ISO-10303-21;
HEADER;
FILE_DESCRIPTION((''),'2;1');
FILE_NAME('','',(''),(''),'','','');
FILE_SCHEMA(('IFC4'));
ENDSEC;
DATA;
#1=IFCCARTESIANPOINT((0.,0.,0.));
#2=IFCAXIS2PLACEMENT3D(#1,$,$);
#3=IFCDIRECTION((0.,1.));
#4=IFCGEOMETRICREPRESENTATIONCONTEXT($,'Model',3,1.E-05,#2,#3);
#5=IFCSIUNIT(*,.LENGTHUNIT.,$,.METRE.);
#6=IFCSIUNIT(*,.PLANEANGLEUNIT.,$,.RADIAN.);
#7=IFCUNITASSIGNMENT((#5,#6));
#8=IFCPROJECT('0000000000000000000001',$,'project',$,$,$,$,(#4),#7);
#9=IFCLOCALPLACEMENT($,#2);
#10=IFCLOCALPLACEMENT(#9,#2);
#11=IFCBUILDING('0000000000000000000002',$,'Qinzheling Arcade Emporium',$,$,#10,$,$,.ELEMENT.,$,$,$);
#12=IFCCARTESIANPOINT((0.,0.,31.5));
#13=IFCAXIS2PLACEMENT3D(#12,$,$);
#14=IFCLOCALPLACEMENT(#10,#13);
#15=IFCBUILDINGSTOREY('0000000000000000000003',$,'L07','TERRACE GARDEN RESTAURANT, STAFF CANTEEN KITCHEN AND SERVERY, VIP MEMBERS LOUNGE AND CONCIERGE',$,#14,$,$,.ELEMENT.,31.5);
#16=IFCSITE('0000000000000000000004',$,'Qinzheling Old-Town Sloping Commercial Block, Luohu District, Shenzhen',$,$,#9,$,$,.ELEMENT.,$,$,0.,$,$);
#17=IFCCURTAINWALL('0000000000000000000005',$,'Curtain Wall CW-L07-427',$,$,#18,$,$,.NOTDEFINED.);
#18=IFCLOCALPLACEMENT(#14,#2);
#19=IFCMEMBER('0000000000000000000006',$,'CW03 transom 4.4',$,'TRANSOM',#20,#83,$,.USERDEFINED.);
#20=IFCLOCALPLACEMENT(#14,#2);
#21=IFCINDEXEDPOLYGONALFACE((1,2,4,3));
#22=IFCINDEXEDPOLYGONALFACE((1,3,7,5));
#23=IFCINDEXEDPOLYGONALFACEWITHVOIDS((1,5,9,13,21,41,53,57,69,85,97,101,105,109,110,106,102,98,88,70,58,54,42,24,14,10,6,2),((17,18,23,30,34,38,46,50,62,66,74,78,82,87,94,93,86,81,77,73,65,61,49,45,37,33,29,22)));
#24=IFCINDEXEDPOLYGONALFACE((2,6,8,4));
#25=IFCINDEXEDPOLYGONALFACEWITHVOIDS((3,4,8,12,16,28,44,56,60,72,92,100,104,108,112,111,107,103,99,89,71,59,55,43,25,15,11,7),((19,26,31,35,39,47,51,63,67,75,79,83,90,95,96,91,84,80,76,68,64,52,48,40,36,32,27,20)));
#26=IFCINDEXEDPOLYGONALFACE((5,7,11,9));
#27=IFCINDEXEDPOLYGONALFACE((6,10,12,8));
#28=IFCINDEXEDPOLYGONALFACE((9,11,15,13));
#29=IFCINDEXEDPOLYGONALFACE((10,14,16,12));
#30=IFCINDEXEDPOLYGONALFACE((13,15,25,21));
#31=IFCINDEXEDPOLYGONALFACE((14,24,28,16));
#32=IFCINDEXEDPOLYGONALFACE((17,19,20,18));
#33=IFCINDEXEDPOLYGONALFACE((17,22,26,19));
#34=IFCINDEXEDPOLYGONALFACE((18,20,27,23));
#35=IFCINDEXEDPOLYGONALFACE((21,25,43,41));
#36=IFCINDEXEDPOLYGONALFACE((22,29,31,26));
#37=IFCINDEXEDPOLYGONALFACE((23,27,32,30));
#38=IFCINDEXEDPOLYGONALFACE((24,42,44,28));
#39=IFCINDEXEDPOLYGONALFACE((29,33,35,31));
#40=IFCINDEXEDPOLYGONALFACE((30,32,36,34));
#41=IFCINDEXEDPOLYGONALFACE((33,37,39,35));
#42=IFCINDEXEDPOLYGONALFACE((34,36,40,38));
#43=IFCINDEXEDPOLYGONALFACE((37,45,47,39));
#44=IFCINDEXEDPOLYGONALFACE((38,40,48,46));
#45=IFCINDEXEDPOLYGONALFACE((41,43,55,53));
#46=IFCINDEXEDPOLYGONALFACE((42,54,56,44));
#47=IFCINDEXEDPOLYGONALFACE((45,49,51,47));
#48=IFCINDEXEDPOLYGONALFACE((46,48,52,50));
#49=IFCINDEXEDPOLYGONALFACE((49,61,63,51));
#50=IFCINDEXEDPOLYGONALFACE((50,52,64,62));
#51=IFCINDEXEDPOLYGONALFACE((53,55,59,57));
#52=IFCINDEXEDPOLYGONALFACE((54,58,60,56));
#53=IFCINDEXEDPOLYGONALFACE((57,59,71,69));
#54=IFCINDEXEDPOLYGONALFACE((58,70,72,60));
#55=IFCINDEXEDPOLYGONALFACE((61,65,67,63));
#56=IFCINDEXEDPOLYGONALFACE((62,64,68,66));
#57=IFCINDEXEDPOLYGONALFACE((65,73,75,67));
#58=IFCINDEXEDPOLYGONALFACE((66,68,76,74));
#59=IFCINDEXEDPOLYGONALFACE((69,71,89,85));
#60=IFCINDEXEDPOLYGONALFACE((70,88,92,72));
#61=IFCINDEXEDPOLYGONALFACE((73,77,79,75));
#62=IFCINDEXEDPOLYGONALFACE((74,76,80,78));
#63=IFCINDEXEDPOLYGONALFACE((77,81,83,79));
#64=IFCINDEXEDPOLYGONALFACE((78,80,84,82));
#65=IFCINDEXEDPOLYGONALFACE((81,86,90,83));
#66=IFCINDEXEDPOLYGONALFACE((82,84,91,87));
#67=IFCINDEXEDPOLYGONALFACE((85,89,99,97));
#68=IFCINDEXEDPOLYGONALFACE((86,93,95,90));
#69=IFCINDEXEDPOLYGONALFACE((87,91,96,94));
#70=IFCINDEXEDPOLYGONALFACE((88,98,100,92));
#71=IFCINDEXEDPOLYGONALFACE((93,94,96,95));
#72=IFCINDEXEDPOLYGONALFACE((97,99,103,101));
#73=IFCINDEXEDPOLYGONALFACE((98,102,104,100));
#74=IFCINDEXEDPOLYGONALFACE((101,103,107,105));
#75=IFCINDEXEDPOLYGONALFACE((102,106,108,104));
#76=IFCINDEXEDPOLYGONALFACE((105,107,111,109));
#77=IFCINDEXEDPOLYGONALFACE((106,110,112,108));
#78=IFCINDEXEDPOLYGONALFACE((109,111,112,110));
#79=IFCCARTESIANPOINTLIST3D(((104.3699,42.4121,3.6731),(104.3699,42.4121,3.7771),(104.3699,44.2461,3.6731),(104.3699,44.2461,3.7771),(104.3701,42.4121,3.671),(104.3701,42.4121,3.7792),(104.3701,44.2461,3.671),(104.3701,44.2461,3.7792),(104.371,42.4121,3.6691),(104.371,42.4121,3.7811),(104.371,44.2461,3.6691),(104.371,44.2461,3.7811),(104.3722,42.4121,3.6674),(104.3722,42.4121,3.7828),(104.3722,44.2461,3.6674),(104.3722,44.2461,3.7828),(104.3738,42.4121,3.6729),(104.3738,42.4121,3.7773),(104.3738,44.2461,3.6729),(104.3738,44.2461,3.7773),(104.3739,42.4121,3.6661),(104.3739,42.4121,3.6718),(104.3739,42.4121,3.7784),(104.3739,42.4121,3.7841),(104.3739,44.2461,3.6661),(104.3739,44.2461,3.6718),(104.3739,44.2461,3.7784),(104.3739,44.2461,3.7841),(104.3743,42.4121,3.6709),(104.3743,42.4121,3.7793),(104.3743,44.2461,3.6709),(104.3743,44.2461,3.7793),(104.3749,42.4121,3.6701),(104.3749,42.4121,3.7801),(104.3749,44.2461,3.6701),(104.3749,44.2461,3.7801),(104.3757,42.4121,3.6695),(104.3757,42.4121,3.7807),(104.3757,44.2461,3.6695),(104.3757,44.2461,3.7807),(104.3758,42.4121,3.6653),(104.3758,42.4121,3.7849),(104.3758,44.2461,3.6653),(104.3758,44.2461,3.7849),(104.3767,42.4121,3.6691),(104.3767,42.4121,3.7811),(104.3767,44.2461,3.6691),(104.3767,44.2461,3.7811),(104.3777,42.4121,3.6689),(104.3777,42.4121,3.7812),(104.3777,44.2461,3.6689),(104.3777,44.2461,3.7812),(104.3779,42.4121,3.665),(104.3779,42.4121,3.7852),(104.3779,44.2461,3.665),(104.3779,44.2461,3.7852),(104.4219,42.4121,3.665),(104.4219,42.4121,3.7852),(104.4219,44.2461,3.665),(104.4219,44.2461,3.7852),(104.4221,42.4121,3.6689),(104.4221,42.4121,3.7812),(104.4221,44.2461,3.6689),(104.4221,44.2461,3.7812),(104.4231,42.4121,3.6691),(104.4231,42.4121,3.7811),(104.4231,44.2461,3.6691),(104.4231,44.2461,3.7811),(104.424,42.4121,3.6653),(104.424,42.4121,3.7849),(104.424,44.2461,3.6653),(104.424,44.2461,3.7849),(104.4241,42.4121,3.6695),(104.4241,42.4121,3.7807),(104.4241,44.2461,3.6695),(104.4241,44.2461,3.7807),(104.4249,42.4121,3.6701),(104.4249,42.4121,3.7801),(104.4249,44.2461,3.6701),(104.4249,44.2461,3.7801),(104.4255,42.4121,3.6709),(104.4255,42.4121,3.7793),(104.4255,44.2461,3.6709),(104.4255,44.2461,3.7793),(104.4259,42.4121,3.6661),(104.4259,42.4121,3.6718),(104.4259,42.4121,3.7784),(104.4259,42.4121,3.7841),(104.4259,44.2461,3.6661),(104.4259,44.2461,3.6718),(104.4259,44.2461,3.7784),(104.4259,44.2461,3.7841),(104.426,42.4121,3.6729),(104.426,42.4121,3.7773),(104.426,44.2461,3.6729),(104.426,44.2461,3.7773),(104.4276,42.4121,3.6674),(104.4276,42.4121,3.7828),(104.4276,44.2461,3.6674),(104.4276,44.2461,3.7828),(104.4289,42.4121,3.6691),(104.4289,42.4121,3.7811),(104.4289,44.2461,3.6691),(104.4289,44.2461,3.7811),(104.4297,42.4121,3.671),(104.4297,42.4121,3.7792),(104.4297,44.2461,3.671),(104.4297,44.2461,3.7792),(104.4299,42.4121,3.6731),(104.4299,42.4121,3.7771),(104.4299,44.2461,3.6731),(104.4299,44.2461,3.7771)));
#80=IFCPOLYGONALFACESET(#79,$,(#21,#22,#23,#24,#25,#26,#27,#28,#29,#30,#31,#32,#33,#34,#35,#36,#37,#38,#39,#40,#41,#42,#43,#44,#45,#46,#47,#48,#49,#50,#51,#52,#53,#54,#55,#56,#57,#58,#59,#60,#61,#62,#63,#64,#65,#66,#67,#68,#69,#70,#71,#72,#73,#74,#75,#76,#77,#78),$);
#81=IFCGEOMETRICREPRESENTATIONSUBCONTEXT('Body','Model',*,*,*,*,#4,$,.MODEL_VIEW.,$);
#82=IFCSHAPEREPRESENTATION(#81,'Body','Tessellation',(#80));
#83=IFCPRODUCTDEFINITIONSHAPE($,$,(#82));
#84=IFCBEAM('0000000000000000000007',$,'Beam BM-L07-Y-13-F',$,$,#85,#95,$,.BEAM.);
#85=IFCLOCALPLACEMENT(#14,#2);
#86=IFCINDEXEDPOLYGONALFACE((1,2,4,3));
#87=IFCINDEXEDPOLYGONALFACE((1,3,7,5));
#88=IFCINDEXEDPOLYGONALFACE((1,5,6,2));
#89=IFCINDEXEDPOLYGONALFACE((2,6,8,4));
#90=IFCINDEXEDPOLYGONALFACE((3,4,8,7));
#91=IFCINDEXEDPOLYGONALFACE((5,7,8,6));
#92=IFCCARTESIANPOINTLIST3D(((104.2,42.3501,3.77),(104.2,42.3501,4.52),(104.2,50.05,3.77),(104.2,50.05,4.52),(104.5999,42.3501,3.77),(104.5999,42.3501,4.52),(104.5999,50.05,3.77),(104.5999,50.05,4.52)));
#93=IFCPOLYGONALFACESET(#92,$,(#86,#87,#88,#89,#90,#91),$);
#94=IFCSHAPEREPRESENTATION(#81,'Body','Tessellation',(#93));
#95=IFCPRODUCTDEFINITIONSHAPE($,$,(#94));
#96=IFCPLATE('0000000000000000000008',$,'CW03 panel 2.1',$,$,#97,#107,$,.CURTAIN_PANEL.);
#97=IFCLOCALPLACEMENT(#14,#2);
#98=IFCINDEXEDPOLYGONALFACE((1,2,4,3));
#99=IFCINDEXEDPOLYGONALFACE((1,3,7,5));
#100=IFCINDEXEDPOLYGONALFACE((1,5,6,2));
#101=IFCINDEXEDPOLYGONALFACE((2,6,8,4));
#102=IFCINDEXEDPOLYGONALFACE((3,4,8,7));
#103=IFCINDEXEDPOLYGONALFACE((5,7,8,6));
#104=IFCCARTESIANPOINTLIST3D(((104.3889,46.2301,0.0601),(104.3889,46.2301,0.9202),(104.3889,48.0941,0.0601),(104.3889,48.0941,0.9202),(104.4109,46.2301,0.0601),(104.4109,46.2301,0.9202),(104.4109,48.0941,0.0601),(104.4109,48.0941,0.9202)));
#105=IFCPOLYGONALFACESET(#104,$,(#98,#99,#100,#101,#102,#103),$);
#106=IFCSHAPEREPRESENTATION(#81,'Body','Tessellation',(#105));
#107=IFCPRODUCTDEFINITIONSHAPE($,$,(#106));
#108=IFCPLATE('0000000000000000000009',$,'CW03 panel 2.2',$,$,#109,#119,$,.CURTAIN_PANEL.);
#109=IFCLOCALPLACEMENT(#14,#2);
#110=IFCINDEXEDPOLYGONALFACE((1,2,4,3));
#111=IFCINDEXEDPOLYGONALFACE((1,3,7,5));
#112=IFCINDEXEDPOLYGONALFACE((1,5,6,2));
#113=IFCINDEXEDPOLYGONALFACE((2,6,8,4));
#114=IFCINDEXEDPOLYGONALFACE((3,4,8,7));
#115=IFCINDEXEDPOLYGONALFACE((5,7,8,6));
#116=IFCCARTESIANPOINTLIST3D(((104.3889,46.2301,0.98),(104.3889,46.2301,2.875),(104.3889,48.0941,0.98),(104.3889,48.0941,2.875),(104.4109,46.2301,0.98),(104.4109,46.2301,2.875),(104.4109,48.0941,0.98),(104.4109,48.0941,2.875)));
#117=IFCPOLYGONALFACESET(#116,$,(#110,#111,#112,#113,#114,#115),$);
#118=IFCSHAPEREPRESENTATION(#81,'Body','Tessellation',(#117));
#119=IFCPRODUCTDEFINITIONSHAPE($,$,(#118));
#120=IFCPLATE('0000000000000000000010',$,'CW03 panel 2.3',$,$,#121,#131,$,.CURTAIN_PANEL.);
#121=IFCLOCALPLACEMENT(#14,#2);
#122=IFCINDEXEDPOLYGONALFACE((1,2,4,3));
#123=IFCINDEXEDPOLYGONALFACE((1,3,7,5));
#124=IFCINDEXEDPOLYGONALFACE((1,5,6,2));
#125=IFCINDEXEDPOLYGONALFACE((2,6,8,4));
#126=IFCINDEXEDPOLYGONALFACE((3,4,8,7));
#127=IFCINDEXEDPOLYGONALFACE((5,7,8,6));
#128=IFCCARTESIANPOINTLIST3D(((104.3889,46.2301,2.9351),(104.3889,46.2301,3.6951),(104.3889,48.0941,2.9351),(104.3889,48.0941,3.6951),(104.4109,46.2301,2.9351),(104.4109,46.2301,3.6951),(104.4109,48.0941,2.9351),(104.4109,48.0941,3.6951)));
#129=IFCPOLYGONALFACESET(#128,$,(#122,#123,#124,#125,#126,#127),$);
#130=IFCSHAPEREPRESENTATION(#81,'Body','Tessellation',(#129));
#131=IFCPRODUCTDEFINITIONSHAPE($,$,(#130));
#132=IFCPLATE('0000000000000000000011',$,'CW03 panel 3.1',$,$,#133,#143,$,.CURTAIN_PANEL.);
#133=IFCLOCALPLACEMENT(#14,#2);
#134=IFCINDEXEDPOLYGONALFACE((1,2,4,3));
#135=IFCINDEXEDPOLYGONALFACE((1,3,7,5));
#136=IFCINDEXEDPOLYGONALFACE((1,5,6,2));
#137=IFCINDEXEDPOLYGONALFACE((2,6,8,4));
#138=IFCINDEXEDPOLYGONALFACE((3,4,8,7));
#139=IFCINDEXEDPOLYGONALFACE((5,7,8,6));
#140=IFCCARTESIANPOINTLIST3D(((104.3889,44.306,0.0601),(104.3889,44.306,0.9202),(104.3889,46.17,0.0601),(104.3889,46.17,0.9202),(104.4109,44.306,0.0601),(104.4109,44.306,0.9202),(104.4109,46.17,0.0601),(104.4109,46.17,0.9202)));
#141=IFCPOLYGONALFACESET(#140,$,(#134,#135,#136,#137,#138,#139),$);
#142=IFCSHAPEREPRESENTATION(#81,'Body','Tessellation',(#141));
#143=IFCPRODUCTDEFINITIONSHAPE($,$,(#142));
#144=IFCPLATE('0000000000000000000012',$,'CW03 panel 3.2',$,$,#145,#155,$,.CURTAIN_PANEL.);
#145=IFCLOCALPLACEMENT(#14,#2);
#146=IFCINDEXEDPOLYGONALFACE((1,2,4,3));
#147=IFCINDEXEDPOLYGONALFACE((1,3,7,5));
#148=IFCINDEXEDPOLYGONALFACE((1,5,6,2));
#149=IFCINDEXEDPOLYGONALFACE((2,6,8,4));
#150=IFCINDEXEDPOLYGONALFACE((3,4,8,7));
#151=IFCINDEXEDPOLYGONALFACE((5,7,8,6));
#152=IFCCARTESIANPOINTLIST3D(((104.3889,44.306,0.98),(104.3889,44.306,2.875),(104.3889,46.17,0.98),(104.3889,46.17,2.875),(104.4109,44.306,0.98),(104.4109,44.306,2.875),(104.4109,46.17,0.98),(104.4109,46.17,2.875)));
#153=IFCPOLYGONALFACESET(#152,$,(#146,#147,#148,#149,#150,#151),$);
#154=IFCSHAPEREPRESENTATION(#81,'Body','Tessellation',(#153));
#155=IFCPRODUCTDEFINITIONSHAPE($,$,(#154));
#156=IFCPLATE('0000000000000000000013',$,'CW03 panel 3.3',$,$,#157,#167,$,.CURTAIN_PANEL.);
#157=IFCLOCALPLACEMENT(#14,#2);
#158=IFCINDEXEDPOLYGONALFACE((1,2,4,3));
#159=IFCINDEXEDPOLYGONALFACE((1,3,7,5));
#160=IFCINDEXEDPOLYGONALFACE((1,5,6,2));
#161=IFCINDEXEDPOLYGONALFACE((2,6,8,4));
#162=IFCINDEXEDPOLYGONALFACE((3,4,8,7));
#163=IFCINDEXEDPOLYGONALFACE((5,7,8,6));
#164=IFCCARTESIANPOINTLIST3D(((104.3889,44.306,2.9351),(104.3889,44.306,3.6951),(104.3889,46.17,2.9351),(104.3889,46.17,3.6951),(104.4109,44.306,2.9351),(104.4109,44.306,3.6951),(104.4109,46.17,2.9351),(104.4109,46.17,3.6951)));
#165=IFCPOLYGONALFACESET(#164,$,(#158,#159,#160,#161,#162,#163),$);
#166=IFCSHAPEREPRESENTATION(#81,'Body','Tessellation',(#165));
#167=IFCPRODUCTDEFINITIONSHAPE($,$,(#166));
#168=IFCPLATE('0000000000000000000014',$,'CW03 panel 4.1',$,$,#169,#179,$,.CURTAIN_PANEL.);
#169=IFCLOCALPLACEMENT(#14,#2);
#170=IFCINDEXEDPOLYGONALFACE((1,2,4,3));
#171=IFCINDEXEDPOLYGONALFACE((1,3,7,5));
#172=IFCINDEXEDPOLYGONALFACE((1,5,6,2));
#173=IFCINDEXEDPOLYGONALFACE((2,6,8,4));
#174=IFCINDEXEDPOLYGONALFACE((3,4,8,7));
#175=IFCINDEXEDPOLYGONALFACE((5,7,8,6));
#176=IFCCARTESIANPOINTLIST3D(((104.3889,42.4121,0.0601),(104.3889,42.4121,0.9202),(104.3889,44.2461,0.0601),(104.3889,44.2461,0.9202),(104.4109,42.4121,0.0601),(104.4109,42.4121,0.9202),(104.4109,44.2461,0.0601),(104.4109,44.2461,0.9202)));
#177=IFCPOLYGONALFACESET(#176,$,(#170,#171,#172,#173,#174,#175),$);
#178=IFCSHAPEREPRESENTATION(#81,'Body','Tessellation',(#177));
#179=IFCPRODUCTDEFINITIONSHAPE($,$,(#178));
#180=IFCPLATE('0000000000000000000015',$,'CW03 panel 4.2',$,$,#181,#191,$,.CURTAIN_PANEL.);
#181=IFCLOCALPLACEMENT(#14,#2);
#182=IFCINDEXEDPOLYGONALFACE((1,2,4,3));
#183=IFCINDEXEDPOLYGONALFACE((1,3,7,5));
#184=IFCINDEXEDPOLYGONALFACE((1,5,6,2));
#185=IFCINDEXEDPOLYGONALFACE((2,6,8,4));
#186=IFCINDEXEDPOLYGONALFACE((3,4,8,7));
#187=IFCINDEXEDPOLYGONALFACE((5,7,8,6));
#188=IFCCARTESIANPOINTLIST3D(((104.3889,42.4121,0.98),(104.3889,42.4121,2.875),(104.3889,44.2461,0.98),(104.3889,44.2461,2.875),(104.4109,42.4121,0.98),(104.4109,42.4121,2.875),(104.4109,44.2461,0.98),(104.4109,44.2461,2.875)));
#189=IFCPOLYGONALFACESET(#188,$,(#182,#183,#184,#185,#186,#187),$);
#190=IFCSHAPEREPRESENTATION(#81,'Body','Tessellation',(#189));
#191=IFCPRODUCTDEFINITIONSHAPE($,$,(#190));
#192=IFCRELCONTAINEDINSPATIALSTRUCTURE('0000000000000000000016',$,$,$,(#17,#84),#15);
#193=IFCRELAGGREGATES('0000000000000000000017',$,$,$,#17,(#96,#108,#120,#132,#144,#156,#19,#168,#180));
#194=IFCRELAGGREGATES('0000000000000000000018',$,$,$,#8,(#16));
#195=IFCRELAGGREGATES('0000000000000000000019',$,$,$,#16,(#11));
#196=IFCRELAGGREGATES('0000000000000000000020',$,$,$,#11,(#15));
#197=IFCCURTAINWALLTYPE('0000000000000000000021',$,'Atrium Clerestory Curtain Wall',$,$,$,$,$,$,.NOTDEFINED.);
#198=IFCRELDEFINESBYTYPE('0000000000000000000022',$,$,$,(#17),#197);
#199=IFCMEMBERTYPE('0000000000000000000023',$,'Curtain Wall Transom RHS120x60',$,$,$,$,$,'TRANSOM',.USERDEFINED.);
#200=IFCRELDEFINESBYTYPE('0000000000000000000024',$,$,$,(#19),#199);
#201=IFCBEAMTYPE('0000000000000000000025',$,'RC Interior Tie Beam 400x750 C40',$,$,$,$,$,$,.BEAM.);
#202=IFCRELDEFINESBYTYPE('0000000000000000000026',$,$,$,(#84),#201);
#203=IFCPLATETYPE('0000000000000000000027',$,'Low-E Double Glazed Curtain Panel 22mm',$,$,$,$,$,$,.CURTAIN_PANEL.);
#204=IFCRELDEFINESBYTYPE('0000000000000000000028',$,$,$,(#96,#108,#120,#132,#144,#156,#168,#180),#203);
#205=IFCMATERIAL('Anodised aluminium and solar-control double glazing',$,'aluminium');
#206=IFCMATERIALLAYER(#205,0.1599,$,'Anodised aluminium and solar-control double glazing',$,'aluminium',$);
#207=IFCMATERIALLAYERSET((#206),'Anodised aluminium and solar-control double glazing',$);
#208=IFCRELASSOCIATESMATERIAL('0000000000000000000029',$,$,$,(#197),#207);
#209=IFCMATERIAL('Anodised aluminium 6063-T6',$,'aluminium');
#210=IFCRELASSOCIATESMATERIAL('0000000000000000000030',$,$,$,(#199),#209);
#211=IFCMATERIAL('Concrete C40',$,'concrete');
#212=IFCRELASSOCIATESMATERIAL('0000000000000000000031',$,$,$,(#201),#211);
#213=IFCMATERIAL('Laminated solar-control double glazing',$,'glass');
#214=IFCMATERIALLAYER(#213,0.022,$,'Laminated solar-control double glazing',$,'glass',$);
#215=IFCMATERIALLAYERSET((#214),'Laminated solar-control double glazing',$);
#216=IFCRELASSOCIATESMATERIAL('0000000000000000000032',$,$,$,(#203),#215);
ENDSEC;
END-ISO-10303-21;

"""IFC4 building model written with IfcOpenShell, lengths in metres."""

from ifc_helpers import new_model, si_unit, direction, frame, origin, origin_2d, place, context, subcontext, project, spatial, rectangle, hollow_rectangle, extrude, material, layer, layer_set, material_profile, profile_set, type_object, element, aggregate, save


model = new_model("IFC4")

# Units and contexts
model_context = context("Model", 3, precision=1e-05, world=origin(), true_north=direction((0.0, 1.0)))
body_context = subcontext(model_context, "Body", "Model", "MODEL_VIEW")
ifc_project = project(units=[si_unit("LENGTHUNIT", "METRE"), si_unit("PLANEANGLEUNIT", "RADIAN")], contexts=[model_context])

# Site, building, storey
site_placement = place(None, origin())
site = spatial("IfcSite", under=ifc_project, at=site_placement, Name="Qinzheling Old-Town Sloping Commercial Block, Luohu District, Shenzhen", CompositionType="ELEMENT", RefElevation=0.0)
building_placement = place(site_placement, origin())
building = spatial("IfcBuilding", under=site, at=building_placement, Name="Qinzheling Arcade Emporium", CompositionType="ELEMENT")
storey_placement = place(building_placement, frame((0.0, 0.0, 31.5)))
storey = spatial("IfcBuildingStorey", under=building, at=storey_placement, Name="L07", Description="TERRACE GARDEN RESTAURANT, STAFF CANTEEN KITCHEN AND SERVERY, VIP MEMBERS LOUNGE AND CONCIERGE", CompositionType="ELEMENT", Elevation=31.5)

# Curtain wall, member
ifc_material_1 = material(Name="Anodised aluminium and solar-control double glazing", Category="aluminium")
ifc_layer_1 = layer(ifc_material_1, 0.1599, Name="Anodised aluminium and solar-control double glazing", Category="aluminium")
ifc_layer_set_1 = layer_set([ifc_layer_1], Name="Anodised aluminium and solar-control double glazing")
curtain_wall_type = type_object("IfcCurtainWallType", Name="Atrium Clerestory Curtain Wall", PredefinedType="NOTDEFINED", material=ifc_layer_set_1)
curtain_wall_placement = place(storey_placement, origin())
curtain_wall = element("IfcCurtainWall", 1, at=curtain_wall_placement, inside=storey, type_object=curtain_wall_type, Name="Curtain Wall CW-L07-427", PredefinedType="NOTDEFINED")
ifc_material_2 = material(Name="Anodised aluminium 6063-T6", Category="aluminium")
ifc_material_profile_1 = material_profile(ifc_material_2, hollow_rectangle(XDim=0.0601, YDim=0.1201, WallThickness=0.0039, InnerFilletRadius=0.0039, OuterFilletRadius=0.0081, at=origin_2d()), Name="RHS 120x60x4", Category="aluminium")
ifc_profile_set_1 = profile_set([ifc_material_profile_1], Name="Anodised aluminium 6063-T6")
member_type_1 = type_object("IfcMemberType", Name="Curtain Wall Transom RHS120x60", ElementType="TRANSOM", PredefinedType="USERDEFINED", material=ifc_profile_set_1)
member_1_placement = place(storey_placement, frame((104.3999, 44.2461, 3.7251), z_axis=(0.0, -1.0, 0.0), x_axis=(1.0, 0.0, 0.0)))
member_1 = element("IfcMember", 2, at=member_1_placement, type_object=member_type_1, Name="CW03 transom 4.4", ObjectType="TRANSOM", PredefinedType="USERDEFINED", context=body_context, shape_type="SweptSolid", body=[
    extrude(hollow_rectangle(XDim=0.0601, YDim=0.1201, WallThickness=0.0039, InnerFilletRadius=0.0039, OuterFilletRadius=0.0081, at=origin_2d()), origin(), (0.0, 0.0, 1.0), 1.834),
])

# Beam
ifc_material_3 = material(Name="Concrete C40", Category="concrete")
ifc_material_profile_2 = material_profile(ifc_material_3, rectangle(XDim=0.3999, YDim=0.75, at=origin_2d()), Name="RC 400x750", Category="concrete")
ifc_profile_set_2 = profile_set([ifc_material_profile_2], Name="Concrete C40")
beam_type = type_object("IfcBeamType", Name="RC Interior Tie Beam 400x750 C40", PredefinedType="BEAM", material=ifc_profile_set_2)
beam_placement = place(storey_placement, frame((104.3999, 42.3501, 4.145), z_axis=(0.0, 1.0, 0.0), x_axis=(-1.0, 0.0, 0.0)))
element("IfcBeam", 3, at=beam_placement, inside=storey, type_object=beam_type, Name="Beam BM-L07-Y-13-F", PredefinedType="BEAM", context=body_context, shape_type="SweptSolid", body=[
    extrude(rectangle(XDim=0.3999, YDim=0.75, at=origin_2d()), origin(), (0.0, 0.0, 1.0), 7.7),
])

# Plates
ifc_material_4 = material(Name="Laminated solar-control double glazing", Category="glass")
ifc_layer_2 = layer(ifc_material_4, 0.022, Name="Laminated solar-control double glazing", Category="glass")
ifc_layer_set_2 = layer_set([ifc_layer_2], Name="Laminated solar-control double glazing")
plate_type = type_object("IfcPlateType", Name="Low-E Double Glazed Curtain Panel 22mm", PredefinedType="CURTAIN_PANEL", material=ifc_layer_set_2)
plate_1_placement = place(storey_placement, frame((104.3999, 47.1621, 0.0601), z_axis=(0.0, 0.0, 1.0), x_axis=(0.0, -1.0, 0.0)))
plate_1 = element("IfcPlate", 4, at=plate_1_placement, type_object=plate_type, Name="CW03 panel 2.1", PredefinedType="CURTAIN_PANEL", context=body_context, shape_type="SweptSolid", body=[
    extrude(rectangle(XDim=1.864, YDim=0.022, at=origin_2d()), origin(), (0.0, 0.0, 1.0), 0.8601),
])
plate_2_placement = place(storey_placement, frame((104.3999, 47.1621, 0.98), z_axis=(0.0, 0.0, 1.0), x_axis=(0.0, -1.0, 0.0)))
plate_2 = element("IfcPlate", 5, at=plate_2_placement, type_object=plate_type, Name="CW03 panel 2.2", PredefinedType="CURTAIN_PANEL", context=body_context, shape_type="SweptSolid", body=[
    extrude(rectangle(XDim=1.864, YDim=0.022, at=origin_2d()), origin(), (0.0, 0.0, 1.0), 1.895),
])
plate_3_placement = place(storey_placement, frame((104.3999, 47.1621, 2.9351), z_axis=(0.0, 0.0, 1.0), x_axis=(0.0, -1.0, 0.0)))
plate_3 = element("IfcPlate", 6, at=plate_3_placement, type_object=plate_type, Name="CW03 panel 2.3", PredefinedType="CURTAIN_PANEL", context=body_context, shape_type="SweptSolid", body=[
    extrude(rectangle(XDim=1.864, YDim=0.022, at=origin_2d()), origin(), (0.0, 0.0, 1.0), 0.76),
])
plate_4_placement = place(storey_placement, frame((104.3999, 45.238, 0.0601), z_axis=(0.0, 0.0, 1.0), x_axis=(0.0, -1.0, 0.0)))
plate_4 = element("IfcPlate", 7, at=plate_4_placement, type_object=plate_type, Name="CW03 panel 3.1", PredefinedType="CURTAIN_PANEL", context=body_context, shape_type="SweptSolid", body=[
    extrude(rectangle(XDim=1.864, YDim=0.022, at=origin_2d()), origin(), (0.0, 0.0, 1.0), 0.8601),
])
plate_5_placement = place(storey_placement, frame((104.3999, 45.238, 0.98), z_axis=(0.0, 0.0, 1.0), x_axis=(0.0, -1.0, 0.0)))
plate_5 = element("IfcPlate", 8, at=plate_5_placement, type_object=plate_type, Name="CW03 panel 3.2", PredefinedType="CURTAIN_PANEL", context=body_context, shape_type="SweptSolid", body=[
    extrude(rectangle(XDim=1.864, YDim=0.022, at=origin_2d()), origin(), (0.0, 0.0, 1.0), 1.895),
])
plate_6_placement = place(storey_placement, frame((104.3999, 45.238, 2.9351), z_axis=(0.0, 0.0, 1.0), x_axis=(0.0, -1.0, 0.0)))
plate_6 = element("IfcPlate", 9, at=plate_6_placement, type_object=plate_type, Name="CW03 panel 3.3", PredefinedType="CURTAIN_PANEL", context=body_context, shape_type="SweptSolid", body=[
    extrude(rectangle(XDim=1.864, YDim=0.022, at=origin_2d()), origin(), (0.0, 0.0, 1.0), 0.76),
])
plate_7_placement = place(storey_placement, frame((104.3999, 43.3291, 0.0601), z_axis=(0.0, 0.0, 1.0), x_axis=(0.0, -1.0, 0.0)))
plate_7 = element("IfcPlate", 10, at=plate_7_placement, type_object=plate_type, Name="CW03 panel 4.1", PredefinedType="CURTAIN_PANEL", context=body_context, shape_type="SweptSolid", body=[
    extrude(rectangle(XDim=1.834, YDim=0.022, at=origin_2d()), origin(), (0.0, 0.0, 1.0), 0.8601),
])
plate_8_placement = place(storey_placement, frame((104.3999, 43.3291, 0.98), z_axis=(0.0, 0.0, 1.0), x_axis=(0.0, -1.0, 0.0)))
plate_8 = element("IfcPlate", 11, at=plate_8_placement, type_object=plate_type, Name="CW03 panel 4.2", PredefinedType="CURTAIN_PANEL", context=body_context, shape_type="SweptSolid", body=[
    extrude(rectangle(XDim=1.834, YDim=0.022, at=origin_2d()), origin(), (0.0, 0.0, 1.0), 1.895),
])
aggregate(curtain_wall, [plate_1, plate_2, plate_3, plate_4, plate_5, plate_6, member_1, plate_7, plate_8])

save(model, "model.ifc")
